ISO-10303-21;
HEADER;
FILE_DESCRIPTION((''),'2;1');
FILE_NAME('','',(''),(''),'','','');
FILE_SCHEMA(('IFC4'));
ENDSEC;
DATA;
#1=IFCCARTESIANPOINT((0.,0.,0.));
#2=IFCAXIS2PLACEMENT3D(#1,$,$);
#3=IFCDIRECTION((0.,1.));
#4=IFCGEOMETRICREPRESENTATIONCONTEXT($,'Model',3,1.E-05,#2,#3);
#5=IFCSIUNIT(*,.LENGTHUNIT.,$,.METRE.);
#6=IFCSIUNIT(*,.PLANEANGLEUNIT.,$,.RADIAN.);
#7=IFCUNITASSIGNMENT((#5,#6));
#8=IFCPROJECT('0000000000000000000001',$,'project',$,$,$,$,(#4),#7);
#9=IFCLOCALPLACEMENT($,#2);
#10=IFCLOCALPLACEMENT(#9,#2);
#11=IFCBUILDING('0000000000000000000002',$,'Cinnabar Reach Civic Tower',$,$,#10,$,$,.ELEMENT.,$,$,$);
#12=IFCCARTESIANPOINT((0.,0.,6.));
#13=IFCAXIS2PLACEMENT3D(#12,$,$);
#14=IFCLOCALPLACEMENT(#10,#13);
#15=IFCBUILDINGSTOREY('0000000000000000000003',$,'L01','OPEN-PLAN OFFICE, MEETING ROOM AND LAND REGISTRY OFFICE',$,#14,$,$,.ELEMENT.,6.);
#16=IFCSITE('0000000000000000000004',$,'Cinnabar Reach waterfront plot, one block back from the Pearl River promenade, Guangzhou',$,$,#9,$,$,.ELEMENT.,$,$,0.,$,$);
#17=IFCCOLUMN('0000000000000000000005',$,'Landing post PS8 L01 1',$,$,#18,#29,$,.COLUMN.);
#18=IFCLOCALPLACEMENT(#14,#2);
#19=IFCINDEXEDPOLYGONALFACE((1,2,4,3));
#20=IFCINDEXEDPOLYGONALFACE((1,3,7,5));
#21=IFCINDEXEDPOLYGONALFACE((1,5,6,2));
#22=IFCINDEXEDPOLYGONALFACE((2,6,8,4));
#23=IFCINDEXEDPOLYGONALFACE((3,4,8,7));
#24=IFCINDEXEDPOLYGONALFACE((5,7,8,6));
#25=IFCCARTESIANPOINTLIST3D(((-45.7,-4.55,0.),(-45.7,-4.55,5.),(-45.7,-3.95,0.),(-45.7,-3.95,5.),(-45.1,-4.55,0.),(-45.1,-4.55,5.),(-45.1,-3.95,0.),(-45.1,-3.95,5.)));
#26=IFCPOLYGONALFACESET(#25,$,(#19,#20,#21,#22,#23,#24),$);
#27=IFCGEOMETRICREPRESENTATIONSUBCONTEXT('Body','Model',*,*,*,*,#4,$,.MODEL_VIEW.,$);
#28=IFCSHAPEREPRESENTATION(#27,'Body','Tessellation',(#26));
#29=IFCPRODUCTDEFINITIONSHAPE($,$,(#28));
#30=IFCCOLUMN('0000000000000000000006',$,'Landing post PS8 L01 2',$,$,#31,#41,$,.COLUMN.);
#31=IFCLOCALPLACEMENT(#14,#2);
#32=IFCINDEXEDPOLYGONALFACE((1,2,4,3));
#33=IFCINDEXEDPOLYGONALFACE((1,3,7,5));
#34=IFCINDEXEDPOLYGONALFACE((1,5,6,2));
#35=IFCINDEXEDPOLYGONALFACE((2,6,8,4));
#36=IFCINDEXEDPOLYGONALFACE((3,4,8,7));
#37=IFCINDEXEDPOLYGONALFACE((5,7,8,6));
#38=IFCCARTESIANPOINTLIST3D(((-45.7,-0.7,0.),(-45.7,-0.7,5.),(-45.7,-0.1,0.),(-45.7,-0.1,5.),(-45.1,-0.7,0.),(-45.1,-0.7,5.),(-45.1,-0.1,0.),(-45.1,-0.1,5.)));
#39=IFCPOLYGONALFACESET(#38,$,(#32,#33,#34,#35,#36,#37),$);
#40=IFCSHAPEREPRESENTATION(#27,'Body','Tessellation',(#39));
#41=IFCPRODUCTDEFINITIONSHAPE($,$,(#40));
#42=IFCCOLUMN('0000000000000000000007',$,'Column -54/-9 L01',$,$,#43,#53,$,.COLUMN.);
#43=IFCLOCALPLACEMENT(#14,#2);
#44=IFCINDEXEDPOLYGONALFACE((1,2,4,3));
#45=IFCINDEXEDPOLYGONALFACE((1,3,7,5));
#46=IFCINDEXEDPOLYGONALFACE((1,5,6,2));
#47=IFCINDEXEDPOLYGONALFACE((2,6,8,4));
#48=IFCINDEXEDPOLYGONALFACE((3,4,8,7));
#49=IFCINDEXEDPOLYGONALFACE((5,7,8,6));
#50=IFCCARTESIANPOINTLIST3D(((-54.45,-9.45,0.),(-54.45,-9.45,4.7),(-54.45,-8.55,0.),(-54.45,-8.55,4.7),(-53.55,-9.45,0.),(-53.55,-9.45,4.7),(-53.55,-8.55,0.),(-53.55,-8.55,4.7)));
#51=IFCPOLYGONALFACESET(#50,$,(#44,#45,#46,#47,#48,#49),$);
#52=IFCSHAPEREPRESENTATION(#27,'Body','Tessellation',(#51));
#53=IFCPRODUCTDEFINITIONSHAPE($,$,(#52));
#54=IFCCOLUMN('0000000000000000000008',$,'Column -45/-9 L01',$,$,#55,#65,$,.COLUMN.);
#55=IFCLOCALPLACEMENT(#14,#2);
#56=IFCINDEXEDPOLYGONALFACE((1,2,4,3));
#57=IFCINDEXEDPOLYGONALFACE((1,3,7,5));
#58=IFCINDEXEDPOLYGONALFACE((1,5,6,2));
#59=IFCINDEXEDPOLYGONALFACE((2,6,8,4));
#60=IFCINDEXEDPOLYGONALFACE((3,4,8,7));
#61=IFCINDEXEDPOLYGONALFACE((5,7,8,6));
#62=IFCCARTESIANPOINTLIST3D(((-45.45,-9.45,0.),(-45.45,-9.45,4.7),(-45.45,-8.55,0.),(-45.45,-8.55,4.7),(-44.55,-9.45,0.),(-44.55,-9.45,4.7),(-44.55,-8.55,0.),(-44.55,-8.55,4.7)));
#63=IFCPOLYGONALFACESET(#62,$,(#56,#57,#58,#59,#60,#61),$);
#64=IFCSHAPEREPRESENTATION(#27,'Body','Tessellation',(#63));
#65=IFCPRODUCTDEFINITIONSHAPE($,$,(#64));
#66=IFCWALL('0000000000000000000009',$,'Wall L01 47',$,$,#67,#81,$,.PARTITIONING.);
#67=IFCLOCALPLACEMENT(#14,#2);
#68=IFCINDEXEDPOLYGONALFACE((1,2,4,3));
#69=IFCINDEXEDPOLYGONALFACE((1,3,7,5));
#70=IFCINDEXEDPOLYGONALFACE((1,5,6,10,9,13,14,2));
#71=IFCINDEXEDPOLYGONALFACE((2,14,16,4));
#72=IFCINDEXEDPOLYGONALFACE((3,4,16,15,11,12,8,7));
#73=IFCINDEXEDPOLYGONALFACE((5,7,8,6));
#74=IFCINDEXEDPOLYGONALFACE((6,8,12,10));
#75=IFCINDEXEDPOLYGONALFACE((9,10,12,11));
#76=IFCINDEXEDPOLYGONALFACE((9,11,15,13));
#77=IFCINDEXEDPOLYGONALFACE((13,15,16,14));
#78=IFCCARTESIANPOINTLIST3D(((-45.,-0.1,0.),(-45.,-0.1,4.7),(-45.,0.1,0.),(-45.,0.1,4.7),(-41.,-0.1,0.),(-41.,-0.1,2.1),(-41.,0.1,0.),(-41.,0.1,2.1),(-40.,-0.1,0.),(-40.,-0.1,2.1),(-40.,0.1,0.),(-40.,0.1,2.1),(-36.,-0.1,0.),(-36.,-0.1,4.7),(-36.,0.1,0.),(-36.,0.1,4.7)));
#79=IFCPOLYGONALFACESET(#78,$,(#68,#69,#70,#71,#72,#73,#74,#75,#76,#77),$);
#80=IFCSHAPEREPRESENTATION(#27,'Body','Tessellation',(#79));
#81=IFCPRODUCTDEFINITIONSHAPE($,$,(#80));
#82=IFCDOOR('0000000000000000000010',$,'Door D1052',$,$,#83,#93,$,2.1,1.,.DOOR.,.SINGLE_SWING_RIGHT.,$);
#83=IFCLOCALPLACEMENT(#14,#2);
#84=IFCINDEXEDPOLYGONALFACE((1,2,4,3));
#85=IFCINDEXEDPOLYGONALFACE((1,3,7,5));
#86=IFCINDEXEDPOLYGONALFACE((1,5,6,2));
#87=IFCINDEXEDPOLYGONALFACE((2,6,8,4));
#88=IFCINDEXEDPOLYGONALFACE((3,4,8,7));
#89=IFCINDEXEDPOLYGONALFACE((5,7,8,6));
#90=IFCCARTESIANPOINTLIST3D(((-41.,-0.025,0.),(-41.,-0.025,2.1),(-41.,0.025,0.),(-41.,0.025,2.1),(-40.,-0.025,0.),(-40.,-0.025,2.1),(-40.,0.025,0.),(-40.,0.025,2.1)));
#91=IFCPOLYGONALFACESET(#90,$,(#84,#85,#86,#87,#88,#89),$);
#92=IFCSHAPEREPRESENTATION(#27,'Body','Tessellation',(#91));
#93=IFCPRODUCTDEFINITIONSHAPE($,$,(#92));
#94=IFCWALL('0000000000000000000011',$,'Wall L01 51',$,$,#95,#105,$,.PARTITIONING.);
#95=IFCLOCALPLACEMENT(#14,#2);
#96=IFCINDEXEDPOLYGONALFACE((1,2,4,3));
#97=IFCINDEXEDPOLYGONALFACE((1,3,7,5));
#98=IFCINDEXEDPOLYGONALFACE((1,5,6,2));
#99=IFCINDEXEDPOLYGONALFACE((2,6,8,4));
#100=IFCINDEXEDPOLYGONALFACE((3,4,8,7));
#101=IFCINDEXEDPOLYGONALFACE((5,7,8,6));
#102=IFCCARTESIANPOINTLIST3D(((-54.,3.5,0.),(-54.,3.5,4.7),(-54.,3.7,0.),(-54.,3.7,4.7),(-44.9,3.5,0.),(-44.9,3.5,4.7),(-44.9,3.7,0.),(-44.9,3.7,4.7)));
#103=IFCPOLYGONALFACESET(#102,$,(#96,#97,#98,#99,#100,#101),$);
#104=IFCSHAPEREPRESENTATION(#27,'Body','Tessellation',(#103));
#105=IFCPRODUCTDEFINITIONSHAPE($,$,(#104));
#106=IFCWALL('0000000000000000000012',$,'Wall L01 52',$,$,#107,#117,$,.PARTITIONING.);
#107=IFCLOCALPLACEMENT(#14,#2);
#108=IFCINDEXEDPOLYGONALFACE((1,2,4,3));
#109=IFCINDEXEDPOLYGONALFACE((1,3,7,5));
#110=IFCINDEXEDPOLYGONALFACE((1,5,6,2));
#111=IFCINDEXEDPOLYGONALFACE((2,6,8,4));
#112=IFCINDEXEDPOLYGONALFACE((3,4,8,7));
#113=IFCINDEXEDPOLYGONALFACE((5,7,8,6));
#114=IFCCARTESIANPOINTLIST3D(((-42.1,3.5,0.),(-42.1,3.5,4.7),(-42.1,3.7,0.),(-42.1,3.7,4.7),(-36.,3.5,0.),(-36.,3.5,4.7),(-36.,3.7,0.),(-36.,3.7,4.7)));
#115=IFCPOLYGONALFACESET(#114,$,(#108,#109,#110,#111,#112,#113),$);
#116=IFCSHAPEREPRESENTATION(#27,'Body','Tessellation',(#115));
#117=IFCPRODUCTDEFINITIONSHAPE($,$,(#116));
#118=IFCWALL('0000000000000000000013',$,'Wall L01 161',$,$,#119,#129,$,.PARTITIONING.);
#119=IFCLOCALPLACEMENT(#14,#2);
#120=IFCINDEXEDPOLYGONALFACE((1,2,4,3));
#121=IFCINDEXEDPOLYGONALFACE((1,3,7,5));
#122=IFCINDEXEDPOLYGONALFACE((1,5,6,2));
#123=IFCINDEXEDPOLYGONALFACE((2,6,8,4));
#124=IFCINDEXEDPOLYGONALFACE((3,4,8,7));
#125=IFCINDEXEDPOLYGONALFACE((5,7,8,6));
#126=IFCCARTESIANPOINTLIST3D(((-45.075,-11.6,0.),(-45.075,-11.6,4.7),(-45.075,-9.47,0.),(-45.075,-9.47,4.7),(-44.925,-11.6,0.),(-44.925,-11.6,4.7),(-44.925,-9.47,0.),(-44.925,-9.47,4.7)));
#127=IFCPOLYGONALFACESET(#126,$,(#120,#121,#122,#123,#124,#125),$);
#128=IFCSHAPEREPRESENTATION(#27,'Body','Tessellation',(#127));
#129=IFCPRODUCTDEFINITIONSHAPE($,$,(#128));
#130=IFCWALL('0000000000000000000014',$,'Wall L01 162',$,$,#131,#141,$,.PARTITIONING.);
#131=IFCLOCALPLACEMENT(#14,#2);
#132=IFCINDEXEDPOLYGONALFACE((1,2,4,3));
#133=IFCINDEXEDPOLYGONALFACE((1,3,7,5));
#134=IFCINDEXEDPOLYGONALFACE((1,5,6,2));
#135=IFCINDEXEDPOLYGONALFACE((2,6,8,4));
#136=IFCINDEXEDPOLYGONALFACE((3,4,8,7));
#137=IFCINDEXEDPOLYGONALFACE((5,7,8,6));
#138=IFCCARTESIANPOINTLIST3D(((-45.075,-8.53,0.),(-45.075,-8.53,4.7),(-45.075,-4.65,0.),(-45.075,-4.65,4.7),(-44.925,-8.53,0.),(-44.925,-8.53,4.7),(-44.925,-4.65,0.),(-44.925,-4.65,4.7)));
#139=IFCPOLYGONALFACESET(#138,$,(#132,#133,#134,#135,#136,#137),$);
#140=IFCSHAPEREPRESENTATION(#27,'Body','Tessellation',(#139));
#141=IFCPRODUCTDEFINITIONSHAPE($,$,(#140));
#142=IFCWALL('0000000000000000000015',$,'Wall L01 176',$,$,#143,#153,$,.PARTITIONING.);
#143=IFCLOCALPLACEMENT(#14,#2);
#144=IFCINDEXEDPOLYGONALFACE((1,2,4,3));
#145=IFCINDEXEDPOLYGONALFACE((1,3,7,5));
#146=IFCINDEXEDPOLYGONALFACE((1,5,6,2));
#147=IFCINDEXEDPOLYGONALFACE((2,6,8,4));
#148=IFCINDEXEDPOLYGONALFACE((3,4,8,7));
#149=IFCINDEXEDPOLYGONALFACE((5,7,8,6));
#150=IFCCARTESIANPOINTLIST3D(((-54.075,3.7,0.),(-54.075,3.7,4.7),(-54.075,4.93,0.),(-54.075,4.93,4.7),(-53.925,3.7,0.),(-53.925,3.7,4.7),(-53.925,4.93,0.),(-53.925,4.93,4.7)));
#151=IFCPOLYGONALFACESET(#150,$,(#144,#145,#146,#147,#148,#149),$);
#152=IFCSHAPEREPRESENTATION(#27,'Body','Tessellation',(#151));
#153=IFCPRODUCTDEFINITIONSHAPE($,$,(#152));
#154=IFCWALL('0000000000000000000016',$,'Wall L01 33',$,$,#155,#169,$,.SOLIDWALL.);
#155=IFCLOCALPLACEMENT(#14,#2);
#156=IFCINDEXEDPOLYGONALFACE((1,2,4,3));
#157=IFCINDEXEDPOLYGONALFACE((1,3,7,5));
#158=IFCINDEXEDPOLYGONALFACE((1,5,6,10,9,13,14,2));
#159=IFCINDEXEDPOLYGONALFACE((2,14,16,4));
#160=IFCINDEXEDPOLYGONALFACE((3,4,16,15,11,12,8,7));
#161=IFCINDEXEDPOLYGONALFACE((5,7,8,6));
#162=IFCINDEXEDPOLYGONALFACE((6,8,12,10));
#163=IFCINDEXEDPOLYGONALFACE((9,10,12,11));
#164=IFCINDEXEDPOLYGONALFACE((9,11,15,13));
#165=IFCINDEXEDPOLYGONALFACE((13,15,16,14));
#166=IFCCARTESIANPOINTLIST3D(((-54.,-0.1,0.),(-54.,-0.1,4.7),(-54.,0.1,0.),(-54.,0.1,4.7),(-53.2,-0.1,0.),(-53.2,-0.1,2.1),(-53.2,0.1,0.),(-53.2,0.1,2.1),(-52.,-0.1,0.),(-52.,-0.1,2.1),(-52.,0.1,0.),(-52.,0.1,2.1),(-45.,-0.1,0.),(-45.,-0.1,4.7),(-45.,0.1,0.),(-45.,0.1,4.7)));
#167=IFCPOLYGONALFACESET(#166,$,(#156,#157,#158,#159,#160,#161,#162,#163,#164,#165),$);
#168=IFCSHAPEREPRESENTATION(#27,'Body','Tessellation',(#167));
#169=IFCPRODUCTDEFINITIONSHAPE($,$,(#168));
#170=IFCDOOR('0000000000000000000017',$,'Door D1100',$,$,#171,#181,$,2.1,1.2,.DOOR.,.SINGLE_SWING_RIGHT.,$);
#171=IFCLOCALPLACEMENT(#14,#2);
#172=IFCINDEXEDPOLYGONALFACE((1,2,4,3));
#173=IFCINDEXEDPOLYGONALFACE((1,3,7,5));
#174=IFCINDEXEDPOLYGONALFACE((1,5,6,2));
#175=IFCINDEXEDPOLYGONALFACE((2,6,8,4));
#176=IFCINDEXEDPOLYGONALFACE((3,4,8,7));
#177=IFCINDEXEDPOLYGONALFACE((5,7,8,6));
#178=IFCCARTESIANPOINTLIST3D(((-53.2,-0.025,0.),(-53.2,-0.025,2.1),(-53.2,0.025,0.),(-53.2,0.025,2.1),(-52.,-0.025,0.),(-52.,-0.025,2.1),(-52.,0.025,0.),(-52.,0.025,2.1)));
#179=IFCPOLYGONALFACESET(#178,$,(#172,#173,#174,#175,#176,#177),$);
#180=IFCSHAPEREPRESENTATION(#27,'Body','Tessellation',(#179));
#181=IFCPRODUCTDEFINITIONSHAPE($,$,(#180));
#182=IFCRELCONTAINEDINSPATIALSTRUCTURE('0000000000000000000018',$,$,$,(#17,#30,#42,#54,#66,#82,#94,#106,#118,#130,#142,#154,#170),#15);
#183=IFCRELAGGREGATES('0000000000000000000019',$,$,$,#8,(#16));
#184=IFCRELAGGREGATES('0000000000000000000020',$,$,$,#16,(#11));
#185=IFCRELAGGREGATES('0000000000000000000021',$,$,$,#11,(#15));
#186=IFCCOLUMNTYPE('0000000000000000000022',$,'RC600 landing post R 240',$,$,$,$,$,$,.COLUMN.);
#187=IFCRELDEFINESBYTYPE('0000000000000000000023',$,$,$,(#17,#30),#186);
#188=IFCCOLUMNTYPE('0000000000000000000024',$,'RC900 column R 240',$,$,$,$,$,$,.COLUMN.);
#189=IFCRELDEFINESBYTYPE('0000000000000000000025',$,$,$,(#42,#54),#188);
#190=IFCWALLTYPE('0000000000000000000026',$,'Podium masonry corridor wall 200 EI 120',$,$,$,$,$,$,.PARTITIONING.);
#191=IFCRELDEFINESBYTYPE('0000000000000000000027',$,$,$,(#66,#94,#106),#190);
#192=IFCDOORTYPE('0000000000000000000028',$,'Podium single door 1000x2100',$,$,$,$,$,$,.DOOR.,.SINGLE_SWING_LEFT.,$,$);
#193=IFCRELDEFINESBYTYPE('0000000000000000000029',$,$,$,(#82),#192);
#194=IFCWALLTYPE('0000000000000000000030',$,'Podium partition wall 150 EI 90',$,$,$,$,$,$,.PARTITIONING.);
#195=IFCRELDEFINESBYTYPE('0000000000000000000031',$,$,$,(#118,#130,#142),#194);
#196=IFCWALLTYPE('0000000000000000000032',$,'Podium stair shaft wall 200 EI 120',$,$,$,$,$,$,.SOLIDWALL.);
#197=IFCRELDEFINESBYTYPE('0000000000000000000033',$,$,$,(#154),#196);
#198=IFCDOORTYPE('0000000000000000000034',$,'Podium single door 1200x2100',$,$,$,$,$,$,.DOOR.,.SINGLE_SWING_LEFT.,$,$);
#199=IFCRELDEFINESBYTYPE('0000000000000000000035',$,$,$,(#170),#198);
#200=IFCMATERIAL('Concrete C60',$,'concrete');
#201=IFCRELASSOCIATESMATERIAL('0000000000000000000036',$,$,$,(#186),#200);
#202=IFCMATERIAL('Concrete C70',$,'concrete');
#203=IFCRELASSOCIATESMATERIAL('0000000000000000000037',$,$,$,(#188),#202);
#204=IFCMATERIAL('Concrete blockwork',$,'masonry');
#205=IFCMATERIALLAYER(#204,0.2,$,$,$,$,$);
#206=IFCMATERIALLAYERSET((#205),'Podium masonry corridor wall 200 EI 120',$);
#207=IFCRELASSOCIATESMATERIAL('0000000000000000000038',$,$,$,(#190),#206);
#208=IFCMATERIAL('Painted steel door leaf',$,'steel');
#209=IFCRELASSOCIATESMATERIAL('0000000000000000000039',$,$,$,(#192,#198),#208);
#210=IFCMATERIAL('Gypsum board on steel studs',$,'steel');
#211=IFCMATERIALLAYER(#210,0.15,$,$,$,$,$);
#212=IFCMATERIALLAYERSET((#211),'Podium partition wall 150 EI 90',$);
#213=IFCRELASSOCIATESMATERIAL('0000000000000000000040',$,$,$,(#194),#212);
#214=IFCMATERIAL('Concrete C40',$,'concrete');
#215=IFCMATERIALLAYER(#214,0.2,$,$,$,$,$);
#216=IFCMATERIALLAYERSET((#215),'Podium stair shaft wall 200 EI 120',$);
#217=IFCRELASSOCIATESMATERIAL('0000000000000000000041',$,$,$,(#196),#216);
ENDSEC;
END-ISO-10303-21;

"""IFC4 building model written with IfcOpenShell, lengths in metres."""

from ifc_helpers import new_model, si_unit, direction, frame, frame_2d, origin, origin_2d, place, context, subcontext, project, spatial, rectangle, extrude, material, layer, layer_set, material_profile, profile_set, type_object, element, fill, save


model = new_model("IFC4")

# Units and contexts
model_context = context("Model", 3, precision=1e-05, world=origin(), true_north=direction((0.0, 1.0)))
body_context = subcontext(model_context, "Body", "Model", "MODEL_VIEW")
ifc_project = project(units=[si_unit("LENGTHUNIT", "METRE"), si_unit("PLANEANGLEUNIT", "RADIAN")], contexts=[model_context])

# Site, building, storey
site_placement = place(None, origin())
site = spatial("IfcSite", under=ifc_project, at=site_placement, Name="Cinnabar Reach waterfront plot, one block back from the Pearl River promenade, Guangzhou", CompositionType="ELEMENT", RefElevation=0.0)
building_placement = place(site_placement, origin())
building = spatial("IfcBuilding", under=site, at=building_placement, Name="Cinnabar Reach Civic Tower", CompositionType="ELEMENT")
storey_placement = place(building_placement, frame((0.0, 0.0, 6.0)))
storey = spatial("IfcBuildingStorey", under=building, at=storey_placement, Name="L01", Description="OPEN-PLAN OFFICE, MEETING ROOM AND LAND REGISTRY OFFICE", CompositionType="ELEMENT", Elevation=6.0)

# Columns
ifc_material_1 = material(Name="Concrete C60", Category="concrete")
ifc_material_profile_1 = material_profile(ifc_material_1, rectangle(XDim=0.6, YDim=0.6, at=origin_2d()), Name="RC600")
ifc_profile_set_1 = profile_set([ifc_material_profile_1], Name="Concrete C60")
column_type_1 = type_object("IfcColumnType", Name="RC600 landing post R 240", PredefinedType="COLUMN", material=ifc_profile_set_1)
for number, where, z_axis, x_axis, name in (
    (1, (-45.4, -4.25, 0.0), (0.0, 0.0, 1.0), (1.0, 0.0, 0.0), "Landing post PS8 L01 1"),
    (2, (-45.4, -0.4, 0.0), (0.0, 0.0, 1.0), (1.0, 0.0, 0.0), "Landing post PS8 L01 2"),
):
    element("IfcColumn", number, at=place(storey_placement, frame(where, z_axis=z_axis, x_axis=x_axis)), inside=storey, type_object=column_type_1, Name=name, PredefinedType="COLUMN", context=body_context, shape_type="SweptSolid", body=[
        extrude(rectangle(XDim=0.6, YDim=0.6, at=origin_2d()), origin(), (0.0, 0.0, 1.0), 5.0),
    ])
ifc_material_2 = material(Name="Concrete C70", Category="concrete")
ifc_material_profile_2 = material_profile(ifc_material_2, rectangle(XDim=0.9, YDim=0.9, at=origin_2d()), Name="RC900")
ifc_profile_set_2 = profile_set([ifc_material_profile_2], Name="Concrete C70")
column_type_2 = type_object("IfcColumnType", Name="RC900 column R 240", PredefinedType="COLUMN", material=ifc_profile_set_2)
for number, where, z_axis, x_axis, name in (
    (3, (-54.0, -9.0, 0.0), (0.0, 0.0, 1.0), (1.0, 0.0, 0.0), "Column -54/-9 L01"),
    (4, (-45.0, -9.0, 0.0), (0.0, 0.0, 1.0), (1.0, 0.0, 0.0), "Column -45/-9 L01"),
):
    element("IfcColumn", number, at=place(storey_placement, frame(where, z_axis=z_axis, x_axis=x_axis)), inside=storey, type_object=column_type_2, Name=name, PredefinedType="COLUMN", context=body_context, shape_type="SweptSolid", body=[
        extrude(rectangle(XDim=0.9, YDim=0.9, at=origin_2d()), origin(), (0.0, 0.0, 1.0), 4.7),
    ])

# Wall, opening, door
ifc_material_3 = material(Name="Concrete blockwork", Category="masonry")
ifc_layer_1 = layer(ifc_material_3, 0.2)
ifc_layer_set_1 = layer_set([ifc_layer_1], Name="Podium masonry corridor wall 200 EI 120")
wall_type_1 = type_object("IfcWallType", Name="Podium masonry corridor wall 200 EI 120", PredefinedType="PARTITIONING", material=ifc_layer_set_1)
wall_1_placement = place(storey_placement, frame((-45.0, 0.0, 0.0), z_axis=(0.0, 0.0, 1.0), x_axis=(1.0, 0.0, 0.0)))
wall_1 = element("IfcWall", 5, at=wall_1_placement, inside=storey, type_object=wall_type_1, Name="Wall L01 47", PredefinedType="PARTITIONING", context=body_context, shape_type="SweptSolid", body=[
    extrude(rectangle(XDim=9.0, YDim=0.2, at=frame_2d((4.5, 0.0))), origin(), (0.0, 0.0, 1.0), 4.7),
])
opening_1_placement = place(wall_1_placement, frame((4.0, 0.0, 0.0)))
opening_1 = element("IfcOpeningElement", 6, at=opening_1_placement, cuts=wall_1, PredefinedType="OPENING", context=body_context, shape_type="SweptSolid", body=[
    extrude(rectangle(XDim=1.0, YDim=2.1, at=frame_2d((0.5, 1.05))), frame((0.0, 0.11, 0.0), z_axis=(0.0, -1.0, 0.0), x_axis=(1.0, 0.0, 0.0)), (0.0, 0.0, 1.0), 0.22),
])
ifc_material_4 = material(Name="Painted steel door leaf", Category="steel")
door_type_1 = type_object("IfcDoorType", Name="Podium single door 1000x2100", OperationType="SINGLE_SWING_LEFT", PredefinedType="DOOR", material=ifc_material_4)
door_1_placement = place(opening_1_placement, frame((1.0, 0.0, 0.0), z_axis=(0.0, 0.0, 1.0), x_axis=(-1.0, 0.0, 0.0)))
door_1 = element("IfcDoor", 7, at=door_1_placement, inside=storey, type_object=door_type_1, Name="Door D1052", OperationType="SINGLE_SWING_RIGHT", OverallHeight=2.1, OverallWidth=1.0, PredefinedType="DOOR", context=body_context, shape_type="SweptSolid", body=[
    extrude(rectangle(XDim=1.0, YDim=2.1, at=frame_2d((0.5, 1.05))), frame((0.0, 0.025, 0.0), z_axis=(0.0, -1.0, 0.0), x_axis=(1.0, 0.0, 0.0)), (0.0, 0.0, 1.0), 0.05),
])
fill(opening_1, door_1)

# Walls
wall_2_placement = place(storey_placement, frame((-54.0, 3.6, 0.0), z_axis=(0.0, 0.0, 1.0), x_axis=(1.0, 0.0, 0.0)))
element("IfcWall", 8, at=wall_2_placement, inside=storey, type_object=wall_type_1, Name="Wall L01 51", PredefinedType="PARTITIONING", context=body_context, shape_type="SweptSolid", body=[
    extrude(rectangle(XDim=9.1, YDim=0.2, at=frame_2d((4.55, 0.0))), origin(), (0.0, 0.0, 1.0), 4.7),
])
wall_3_placement = place(storey_placement, frame((-42.1, 3.6, 0.0), z_axis=(0.0, 0.0, 1.0), x_axis=(1.0, 0.0, 0.0)))
element("IfcWall", 9, at=wall_3_placement, inside=storey, type_object=wall_type_1, Name="Wall L01 52", PredefinedType="PARTITIONING", context=body_context, shape_type="SweptSolid", body=[
    extrude(rectangle(XDim=6.1, YDim=0.2, at=frame_2d((3.05, 0.0))), origin(), (0.0, 0.0, 1.0), 4.7),
])
ifc_material_5 = material(Name="Gypsum board on steel studs", Category="steel")
ifc_layer_2 = layer(ifc_material_5, 0.15)
ifc_layer_set_2 = layer_set([ifc_layer_2], Name="Podium partition wall 150 EI 90")
wall_type_2 = type_object("IfcWallType", Name="Podium partition wall 150 EI 90", PredefinedType="PARTITIONING", material=ifc_layer_set_2)
wall_4_placement = place(storey_placement, frame((-45.0, -11.6, 0.0), z_axis=(0.0, 0.0, 1.0), x_axis=(0.0, 1.0, 0.0)))
element("IfcWall", 10, at=wall_4_placement, inside=storey, type_object=wall_type_2, Name="Wall L01 161", PredefinedType="PARTITIONING", context=body_context, shape_type="SweptSolid", body=[
    extrude(rectangle(XDim=2.13, YDim=0.15, at=frame_2d((1.065, 0.0))), origin(), (0.0, 0.0, 1.0), 4.7),
])
wall_5_placement = place(storey_placement, frame((-45.0, -8.53, 0.0), z_axis=(0.0, 0.0, 1.0), x_axis=(0.0, 1.0, 0.0)))
element("IfcWall", 11, at=wall_5_placement, inside=storey, type_object=wall_type_2, Name="Wall L01 162", PredefinedType="PARTITIONING", context=body_context, shape_type="SweptSolid", body=[
    extrude(rectangle(XDim=3.88, YDim=0.15, at=frame_2d((1.94, 0.0))), origin(), (0.0, 0.0, 1.0), 4.7),
])
wall_6_placement = place(storey_placement, frame((-54.0, 3.7, 0.0), z_axis=(0.0, 0.0, 1.0), x_axis=(0.0, 1.0, 0.0)))
element("IfcWall", 12, at=wall_6_placement, inside=storey, type_object=wall_type_2, Name="Wall L01 176", PredefinedType="PARTITIONING", context=body_context, shape_type="SweptSolid", body=[
    extrude(rectangle(XDim=1.23, YDim=0.15, at=frame_2d((0.615, 0.0))), origin(), (0.0, 0.0, 1.0), 4.7),
])

# Wall, opening, door
ifc_material_6 = material(Name="Concrete C40", Category="concrete")
ifc_layer_3 = layer(ifc_material_6, 0.2)
ifc_layer_set_3 = layer_set([ifc_layer_3], Name="Podium stair shaft wall 200 EI 120")
wall_type_3 = type_object("IfcWallType", Name="Podium stair shaft wall 200 EI 120", PredefinedType="SOLIDWALL", material=ifc_layer_set_3)
wall_7_placement = place(storey_placement, frame((-54.0, 0.0, 0.0), z_axis=(0.0, 0.0, 1.0), x_axis=(1.0, 0.0, 0.0)))
wall_7 = element("IfcWall", 13, at=wall_7_placement, inside=storey, type_object=wall_type_3, Name="Wall L01 33", PredefinedType="SOLIDWALL", context=body_context, shape_type="SweptSolid", body=[
    extrude(rectangle(XDim=9.0, YDim=0.2, at=frame_2d((4.5, 0.0))), origin(), (0.0, 0.0, 1.0), 4.7),
])
opening_2_placement = place(wall_7_placement, frame((0.8, 0.0, 0.0)))
opening_2 = element("IfcOpeningElement", 14, at=opening_2_placement, cuts=wall_7, PredefinedType="OPENING", context=body_context, shape_type="SweptSolid", body=[
    extrude(rectangle(XDim=1.2, YDim=2.1, at=frame_2d((0.6, 1.05))), frame((0.0, 0.11, 0.0), z_axis=(0.0, -1.0, 0.0), x_axis=(1.0, 0.0, 0.0)), (0.0, 0.0, 1.0), 0.22),
])
door_type_2 = type_object("IfcDoorType", Name="Podium single door 1200x2100", OperationType="SINGLE_SWING_LEFT", PredefinedType="DOOR", material=ifc_material_4)
door_2_placement = place(opening_2_placement, frame((1.2, 0.0, 0.0), z_axis=(0.0, 0.0, 1.0), x_axis=(-1.0, 0.0, 0.0)))
door_2 = element("IfcDoor", 15, at=door_2_placement, inside=storey, type_object=door_type_2, Name="Door D1100", OperationType="SINGLE_SWING_RIGHT", OverallHeight=2.1, OverallWidth=1.2, PredefinedType="DOOR", context=body_context, shape_type="SweptSolid", body=[
    extrude(rectangle(XDim=1.2, YDim=2.1, at=frame_2d((0.6, 1.05))), frame((0.0, 0.025, 0.0), z_axis=(0.0, -1.0, 0.0), x_axis=(1.0, 0.0, 0.0)), (0.0, 0.0, 1.0), 0.05),
])
fill(opening_2, door_2)

save(model, "model.ifc")
